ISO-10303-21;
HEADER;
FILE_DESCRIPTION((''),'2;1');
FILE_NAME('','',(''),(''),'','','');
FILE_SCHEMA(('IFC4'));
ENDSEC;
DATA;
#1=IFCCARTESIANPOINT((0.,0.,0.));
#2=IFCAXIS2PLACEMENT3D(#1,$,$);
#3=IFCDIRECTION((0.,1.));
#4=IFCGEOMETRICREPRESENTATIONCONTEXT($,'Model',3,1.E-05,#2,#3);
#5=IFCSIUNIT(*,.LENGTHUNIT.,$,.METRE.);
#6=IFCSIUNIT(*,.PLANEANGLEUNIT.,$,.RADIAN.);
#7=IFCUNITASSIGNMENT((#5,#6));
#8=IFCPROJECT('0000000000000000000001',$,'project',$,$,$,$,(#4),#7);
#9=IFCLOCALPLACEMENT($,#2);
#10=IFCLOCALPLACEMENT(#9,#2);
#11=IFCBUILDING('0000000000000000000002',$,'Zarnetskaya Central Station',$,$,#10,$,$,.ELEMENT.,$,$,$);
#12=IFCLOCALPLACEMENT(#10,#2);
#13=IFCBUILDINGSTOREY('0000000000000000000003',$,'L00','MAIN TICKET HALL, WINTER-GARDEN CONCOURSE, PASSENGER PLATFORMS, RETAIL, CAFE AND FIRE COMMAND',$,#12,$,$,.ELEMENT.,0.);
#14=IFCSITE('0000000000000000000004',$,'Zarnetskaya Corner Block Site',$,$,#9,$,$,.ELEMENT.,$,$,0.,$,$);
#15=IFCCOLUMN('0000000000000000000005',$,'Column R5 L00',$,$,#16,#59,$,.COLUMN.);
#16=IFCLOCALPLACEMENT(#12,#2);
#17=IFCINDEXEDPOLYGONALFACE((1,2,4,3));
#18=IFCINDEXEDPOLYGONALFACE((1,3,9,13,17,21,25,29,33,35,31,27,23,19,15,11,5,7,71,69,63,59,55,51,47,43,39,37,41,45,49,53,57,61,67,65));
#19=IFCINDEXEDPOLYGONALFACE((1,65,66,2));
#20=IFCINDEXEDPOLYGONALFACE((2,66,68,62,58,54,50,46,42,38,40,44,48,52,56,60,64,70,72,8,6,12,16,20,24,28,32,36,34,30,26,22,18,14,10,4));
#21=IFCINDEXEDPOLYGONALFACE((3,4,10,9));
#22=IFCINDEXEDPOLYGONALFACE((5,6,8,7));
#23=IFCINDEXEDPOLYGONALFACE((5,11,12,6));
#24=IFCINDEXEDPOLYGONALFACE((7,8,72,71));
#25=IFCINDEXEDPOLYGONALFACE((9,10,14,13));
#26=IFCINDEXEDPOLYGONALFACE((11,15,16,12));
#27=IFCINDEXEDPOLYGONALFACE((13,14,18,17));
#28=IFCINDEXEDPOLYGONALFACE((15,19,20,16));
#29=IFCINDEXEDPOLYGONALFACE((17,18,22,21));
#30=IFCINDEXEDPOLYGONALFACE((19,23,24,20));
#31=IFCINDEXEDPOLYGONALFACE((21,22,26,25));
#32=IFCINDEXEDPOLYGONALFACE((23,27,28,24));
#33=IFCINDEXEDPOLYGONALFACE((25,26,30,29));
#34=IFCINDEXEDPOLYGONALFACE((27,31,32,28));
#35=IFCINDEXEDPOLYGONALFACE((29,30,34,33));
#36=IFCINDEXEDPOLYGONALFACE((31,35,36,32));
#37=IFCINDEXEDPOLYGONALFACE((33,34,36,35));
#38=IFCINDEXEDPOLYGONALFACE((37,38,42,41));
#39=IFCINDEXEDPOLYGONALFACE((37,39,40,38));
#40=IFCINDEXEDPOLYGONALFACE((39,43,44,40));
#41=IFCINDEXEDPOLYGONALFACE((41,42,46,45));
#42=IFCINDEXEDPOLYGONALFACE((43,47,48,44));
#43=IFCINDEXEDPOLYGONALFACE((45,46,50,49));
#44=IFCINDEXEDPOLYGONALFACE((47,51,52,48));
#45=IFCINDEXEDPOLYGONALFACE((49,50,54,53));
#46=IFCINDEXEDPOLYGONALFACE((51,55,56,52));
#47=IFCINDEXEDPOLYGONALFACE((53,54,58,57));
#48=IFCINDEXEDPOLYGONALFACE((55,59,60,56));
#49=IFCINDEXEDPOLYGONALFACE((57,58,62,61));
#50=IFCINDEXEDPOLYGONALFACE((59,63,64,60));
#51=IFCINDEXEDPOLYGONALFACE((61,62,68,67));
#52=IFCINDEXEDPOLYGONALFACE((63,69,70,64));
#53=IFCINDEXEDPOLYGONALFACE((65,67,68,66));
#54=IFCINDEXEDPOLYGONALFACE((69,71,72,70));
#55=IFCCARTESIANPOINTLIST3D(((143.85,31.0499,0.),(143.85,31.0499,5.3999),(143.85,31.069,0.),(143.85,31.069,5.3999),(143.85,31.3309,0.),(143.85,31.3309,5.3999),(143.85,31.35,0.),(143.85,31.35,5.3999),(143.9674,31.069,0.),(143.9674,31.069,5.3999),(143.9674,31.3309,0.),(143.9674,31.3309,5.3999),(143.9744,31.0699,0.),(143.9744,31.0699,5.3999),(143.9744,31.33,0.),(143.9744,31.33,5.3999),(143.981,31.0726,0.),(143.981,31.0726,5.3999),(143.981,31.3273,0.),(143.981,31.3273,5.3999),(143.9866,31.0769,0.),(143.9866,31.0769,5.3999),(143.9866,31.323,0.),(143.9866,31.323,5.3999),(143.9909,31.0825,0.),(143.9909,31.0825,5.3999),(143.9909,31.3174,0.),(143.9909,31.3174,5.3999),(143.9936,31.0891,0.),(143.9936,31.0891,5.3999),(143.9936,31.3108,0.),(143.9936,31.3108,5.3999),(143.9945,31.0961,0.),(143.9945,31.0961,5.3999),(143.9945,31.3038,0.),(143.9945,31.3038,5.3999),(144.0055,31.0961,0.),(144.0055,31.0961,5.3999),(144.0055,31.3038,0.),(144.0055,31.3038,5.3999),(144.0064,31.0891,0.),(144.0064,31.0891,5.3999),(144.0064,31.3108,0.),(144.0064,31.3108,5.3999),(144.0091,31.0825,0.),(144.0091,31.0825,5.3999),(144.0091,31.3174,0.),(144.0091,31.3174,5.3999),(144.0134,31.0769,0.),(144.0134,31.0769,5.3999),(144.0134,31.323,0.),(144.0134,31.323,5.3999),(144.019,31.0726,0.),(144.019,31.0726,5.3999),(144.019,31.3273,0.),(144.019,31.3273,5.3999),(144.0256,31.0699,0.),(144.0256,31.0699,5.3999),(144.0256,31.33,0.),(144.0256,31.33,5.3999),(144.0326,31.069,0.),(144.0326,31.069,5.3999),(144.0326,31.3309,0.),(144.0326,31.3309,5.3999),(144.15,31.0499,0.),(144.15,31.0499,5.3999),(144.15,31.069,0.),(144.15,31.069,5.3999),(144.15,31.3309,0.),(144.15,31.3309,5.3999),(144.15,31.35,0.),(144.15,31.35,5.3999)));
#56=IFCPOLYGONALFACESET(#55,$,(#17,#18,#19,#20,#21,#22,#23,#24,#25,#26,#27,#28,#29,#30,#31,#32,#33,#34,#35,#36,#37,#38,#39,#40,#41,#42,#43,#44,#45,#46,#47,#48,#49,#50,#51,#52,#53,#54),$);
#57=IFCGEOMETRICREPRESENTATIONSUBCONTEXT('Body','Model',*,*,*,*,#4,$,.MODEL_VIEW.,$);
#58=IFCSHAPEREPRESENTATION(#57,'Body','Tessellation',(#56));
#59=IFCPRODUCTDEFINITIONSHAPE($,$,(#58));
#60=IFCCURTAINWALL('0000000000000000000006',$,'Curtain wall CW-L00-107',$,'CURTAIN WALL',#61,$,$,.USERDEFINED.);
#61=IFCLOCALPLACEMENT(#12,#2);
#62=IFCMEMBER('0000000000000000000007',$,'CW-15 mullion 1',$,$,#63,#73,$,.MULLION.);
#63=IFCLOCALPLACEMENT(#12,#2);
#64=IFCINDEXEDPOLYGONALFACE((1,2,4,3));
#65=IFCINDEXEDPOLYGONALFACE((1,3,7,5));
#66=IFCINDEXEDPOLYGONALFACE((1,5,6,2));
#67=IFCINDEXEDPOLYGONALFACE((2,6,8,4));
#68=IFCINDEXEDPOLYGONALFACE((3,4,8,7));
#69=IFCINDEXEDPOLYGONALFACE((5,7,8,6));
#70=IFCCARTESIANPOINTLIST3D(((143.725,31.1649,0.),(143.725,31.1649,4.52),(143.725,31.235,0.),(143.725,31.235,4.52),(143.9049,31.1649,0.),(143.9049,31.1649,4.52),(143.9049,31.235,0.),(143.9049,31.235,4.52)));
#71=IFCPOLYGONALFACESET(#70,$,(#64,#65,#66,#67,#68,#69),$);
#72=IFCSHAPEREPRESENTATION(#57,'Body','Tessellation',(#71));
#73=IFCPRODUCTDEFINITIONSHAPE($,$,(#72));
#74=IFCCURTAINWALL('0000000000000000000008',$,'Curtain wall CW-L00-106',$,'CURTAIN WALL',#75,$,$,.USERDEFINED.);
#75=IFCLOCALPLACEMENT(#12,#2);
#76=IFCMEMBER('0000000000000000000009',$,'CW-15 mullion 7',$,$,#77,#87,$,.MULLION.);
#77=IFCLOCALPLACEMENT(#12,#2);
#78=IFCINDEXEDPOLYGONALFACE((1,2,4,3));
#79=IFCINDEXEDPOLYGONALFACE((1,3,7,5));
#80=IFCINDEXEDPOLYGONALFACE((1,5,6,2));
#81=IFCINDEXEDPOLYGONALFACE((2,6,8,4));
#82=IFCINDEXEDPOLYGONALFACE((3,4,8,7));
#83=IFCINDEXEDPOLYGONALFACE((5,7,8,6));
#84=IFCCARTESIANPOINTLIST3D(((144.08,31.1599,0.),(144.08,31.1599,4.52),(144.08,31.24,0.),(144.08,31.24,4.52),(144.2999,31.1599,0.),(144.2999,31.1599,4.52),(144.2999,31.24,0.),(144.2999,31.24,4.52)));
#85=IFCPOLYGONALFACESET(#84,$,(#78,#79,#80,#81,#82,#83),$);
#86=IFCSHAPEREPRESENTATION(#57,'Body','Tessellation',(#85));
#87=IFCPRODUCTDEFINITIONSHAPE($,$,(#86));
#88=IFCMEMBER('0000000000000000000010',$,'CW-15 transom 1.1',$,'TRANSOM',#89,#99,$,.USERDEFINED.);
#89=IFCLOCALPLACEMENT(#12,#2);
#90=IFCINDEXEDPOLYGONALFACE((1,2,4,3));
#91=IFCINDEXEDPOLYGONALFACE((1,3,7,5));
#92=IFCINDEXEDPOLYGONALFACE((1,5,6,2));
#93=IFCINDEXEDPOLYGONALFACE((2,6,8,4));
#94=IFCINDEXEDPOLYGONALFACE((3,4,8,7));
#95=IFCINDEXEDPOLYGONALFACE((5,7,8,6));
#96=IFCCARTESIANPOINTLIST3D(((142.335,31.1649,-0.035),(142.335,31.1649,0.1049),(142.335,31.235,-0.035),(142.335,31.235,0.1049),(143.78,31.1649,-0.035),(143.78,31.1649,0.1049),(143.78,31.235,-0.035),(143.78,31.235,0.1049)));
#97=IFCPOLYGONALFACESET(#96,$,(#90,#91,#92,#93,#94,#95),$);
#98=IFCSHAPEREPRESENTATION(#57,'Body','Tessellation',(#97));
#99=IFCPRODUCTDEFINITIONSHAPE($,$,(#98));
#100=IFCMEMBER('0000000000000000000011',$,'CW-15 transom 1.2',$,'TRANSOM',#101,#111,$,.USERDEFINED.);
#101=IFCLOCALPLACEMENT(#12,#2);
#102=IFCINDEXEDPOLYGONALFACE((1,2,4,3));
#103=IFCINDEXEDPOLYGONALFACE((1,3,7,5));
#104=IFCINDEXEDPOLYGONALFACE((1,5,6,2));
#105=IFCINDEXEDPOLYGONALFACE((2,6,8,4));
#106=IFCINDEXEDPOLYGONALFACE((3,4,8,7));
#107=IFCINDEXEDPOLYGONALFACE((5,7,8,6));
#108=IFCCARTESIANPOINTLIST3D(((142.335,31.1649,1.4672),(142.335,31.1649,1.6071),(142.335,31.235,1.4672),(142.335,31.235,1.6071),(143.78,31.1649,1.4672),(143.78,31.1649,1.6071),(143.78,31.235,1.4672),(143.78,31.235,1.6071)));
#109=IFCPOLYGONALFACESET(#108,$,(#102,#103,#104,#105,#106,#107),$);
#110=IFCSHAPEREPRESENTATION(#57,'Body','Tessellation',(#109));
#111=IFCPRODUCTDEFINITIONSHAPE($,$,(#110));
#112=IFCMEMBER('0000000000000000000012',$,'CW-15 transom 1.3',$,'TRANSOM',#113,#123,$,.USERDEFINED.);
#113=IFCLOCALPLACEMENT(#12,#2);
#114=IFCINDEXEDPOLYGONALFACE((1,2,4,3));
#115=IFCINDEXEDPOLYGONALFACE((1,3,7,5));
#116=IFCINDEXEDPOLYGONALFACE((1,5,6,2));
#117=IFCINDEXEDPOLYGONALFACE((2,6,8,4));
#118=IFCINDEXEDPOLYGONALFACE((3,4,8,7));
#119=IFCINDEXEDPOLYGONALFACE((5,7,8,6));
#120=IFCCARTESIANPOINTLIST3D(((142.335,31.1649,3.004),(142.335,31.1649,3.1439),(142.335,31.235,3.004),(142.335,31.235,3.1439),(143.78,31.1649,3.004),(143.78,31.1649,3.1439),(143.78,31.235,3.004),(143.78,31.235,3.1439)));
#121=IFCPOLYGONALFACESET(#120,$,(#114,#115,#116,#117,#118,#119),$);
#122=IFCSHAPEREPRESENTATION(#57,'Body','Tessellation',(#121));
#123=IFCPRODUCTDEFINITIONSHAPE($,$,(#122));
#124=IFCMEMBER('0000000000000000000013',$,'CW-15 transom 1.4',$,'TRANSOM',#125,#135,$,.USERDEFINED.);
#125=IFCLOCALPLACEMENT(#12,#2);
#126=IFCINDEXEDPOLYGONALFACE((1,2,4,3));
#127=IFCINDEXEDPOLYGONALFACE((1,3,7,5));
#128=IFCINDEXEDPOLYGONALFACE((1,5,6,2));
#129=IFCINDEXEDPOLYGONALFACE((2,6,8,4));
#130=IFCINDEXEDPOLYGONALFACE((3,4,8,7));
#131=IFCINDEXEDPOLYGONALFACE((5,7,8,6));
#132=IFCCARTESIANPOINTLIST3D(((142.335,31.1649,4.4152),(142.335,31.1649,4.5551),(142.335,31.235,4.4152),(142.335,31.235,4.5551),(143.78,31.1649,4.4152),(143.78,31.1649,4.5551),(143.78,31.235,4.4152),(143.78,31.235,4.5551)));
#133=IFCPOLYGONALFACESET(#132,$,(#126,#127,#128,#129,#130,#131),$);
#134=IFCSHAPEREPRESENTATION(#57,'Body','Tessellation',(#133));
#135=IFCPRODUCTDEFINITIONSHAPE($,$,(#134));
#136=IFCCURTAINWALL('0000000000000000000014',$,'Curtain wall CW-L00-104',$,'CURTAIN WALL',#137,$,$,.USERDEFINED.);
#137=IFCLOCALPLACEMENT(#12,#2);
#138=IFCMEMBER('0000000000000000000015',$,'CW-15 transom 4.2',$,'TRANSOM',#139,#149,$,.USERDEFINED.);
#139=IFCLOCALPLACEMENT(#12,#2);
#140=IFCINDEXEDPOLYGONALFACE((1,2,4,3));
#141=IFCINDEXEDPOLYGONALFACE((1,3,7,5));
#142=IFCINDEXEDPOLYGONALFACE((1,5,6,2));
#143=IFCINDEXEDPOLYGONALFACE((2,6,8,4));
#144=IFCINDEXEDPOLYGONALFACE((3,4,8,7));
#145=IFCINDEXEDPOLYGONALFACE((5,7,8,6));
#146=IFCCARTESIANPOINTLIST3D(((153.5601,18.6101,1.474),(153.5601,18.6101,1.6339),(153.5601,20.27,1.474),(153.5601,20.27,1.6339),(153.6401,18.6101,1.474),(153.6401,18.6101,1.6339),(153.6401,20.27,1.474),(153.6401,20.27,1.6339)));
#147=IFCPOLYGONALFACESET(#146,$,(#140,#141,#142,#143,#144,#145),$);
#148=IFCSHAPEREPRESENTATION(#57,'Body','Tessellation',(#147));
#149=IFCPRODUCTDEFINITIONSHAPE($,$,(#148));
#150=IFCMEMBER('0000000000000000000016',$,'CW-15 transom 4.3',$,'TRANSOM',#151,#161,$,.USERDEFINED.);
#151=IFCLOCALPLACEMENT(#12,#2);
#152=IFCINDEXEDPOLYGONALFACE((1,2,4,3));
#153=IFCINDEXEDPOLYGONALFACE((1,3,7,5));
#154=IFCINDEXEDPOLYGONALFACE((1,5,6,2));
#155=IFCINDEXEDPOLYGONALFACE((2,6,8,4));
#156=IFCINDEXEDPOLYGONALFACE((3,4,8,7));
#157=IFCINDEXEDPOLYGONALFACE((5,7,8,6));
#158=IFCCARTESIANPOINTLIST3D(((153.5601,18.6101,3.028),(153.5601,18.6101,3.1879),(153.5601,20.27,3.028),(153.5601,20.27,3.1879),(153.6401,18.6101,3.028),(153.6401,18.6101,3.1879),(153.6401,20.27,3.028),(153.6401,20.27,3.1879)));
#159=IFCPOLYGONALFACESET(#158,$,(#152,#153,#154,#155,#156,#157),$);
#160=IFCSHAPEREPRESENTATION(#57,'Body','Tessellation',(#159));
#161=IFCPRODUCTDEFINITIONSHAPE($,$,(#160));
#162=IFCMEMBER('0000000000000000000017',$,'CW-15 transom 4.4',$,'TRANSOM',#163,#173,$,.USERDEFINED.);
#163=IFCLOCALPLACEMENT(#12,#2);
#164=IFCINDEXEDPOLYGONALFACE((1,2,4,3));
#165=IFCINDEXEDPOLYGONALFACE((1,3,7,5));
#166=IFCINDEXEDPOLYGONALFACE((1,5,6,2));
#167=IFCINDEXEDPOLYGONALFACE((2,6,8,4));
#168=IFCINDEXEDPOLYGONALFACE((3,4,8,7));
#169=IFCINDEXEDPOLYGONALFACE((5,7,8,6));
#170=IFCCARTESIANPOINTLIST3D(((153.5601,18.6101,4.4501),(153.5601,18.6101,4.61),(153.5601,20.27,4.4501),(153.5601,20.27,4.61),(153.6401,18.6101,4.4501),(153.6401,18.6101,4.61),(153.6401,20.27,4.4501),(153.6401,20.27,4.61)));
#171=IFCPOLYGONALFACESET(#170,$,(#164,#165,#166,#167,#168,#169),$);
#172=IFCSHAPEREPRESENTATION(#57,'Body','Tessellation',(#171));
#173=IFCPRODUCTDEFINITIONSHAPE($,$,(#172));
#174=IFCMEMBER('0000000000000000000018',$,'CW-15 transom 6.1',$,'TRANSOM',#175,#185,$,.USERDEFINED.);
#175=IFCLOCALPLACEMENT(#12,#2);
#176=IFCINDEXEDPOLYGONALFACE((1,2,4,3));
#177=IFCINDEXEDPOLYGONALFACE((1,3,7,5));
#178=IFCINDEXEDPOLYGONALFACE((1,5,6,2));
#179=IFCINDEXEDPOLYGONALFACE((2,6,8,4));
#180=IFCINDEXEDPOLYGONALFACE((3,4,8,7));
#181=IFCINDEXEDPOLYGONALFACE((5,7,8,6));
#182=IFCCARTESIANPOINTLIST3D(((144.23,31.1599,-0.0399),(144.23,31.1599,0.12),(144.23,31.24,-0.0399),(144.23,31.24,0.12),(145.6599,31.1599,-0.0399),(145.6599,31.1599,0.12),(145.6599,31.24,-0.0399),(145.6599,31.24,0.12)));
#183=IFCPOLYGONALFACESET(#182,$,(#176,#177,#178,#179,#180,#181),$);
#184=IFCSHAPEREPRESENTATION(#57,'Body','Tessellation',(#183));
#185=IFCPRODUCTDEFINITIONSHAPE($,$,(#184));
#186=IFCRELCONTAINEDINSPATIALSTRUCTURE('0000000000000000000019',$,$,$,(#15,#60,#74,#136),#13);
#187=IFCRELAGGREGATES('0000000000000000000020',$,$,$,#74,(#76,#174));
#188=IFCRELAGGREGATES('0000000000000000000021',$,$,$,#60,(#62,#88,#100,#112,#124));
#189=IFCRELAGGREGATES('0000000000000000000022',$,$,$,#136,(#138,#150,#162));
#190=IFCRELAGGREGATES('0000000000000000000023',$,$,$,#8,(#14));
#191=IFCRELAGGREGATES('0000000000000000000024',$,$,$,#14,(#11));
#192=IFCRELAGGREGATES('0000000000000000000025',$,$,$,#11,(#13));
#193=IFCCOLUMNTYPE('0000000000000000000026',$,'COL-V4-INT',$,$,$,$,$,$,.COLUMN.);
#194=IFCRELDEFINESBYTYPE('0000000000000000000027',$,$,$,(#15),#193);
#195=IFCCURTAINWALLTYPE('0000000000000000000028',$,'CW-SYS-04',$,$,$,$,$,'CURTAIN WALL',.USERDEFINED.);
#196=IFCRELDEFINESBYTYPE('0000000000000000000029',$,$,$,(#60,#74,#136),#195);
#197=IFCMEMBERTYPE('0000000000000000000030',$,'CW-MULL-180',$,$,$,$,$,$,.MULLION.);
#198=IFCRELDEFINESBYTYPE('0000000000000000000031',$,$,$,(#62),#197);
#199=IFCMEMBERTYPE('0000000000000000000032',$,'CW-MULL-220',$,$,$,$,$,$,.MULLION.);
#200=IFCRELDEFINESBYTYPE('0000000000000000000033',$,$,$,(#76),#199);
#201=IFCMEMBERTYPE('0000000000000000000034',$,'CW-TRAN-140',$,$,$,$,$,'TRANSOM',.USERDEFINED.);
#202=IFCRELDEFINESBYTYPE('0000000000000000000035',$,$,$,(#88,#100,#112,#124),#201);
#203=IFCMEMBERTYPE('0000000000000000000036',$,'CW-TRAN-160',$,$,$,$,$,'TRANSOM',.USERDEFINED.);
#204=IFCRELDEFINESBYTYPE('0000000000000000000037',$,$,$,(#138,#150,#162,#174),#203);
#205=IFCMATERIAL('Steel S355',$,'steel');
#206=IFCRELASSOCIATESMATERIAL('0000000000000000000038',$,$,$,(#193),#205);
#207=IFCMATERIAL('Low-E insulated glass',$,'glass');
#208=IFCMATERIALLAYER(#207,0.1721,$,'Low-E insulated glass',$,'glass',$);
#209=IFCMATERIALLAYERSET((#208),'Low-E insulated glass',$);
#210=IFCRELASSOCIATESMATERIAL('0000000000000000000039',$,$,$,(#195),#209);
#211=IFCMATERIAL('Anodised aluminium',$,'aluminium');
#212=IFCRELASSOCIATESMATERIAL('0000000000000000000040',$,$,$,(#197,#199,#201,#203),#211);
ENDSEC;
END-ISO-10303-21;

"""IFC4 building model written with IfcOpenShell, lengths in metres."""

from ifc_helpers import new_model, si_unit, direction, frame, origin, origin_2d, place, context, subcontext, project, spatial, rectangle, i_section, extrude, material, layer, layer_set, material_profile, profile_set, type_object, element, aggregate, save


model = new_model("IFC4")

# Units and contexts
model_context = context("Model", 3, precision=1e-05, world=origin(), true_north=direction((0.0, 1.0)))
body_context = subcontext(model_context, "Body", "Model", "MODEL_VIEW")
ifc_project = project(units=[si_unit("LENGTHUNIT", "METRE"), si_unit("PLANEANGLEUNIT", "RADIAN")], contexts=[model_context])

# Site, building, storey
site_placement = place(None, origin())
site = spatial("IfcSite", under=ifc_project, at=site_placement, Name="Zarnetskaya Corner Block Site", CompositionType="ELEMENT", RefElevation=0.0)
building_placement = place(site_placement, origin())
building = spatial("IfcBuilding", under=site, at=building_placement, Name="Zarnetskaya Central Station", CompositionType="ELEMENT")
storey_placement = place(building_placement, origin())
storey = spatial("IfcBuildingStorey", under=building, at=storey_placement, Name="L00", Description="MAIN TICKET HALL, WINTER-GARDEN CONCOURSE, PASSENGER PLATFORMS, RETAIL, CAFE AND FIRE COMMAND", CompositionType="ELEMENT", Elevation=0.0)

# Column
ifc_material_1 = material(Name="Steel S355", Category="steel")
ifc_material_profile_1 = material_profile(ifc_material_1, i_section(OverallWidth=0.3, OverallDepth=0.3, WebThickness=0.011, FlangeThickness=0.019, FilletRadius=0.0271, at=origin_2d()), Name="HEB 300")
ifc_profile_set_1 = profile_set([ifc_material_profile_1], Name="Steel S355")
column_type = type_object("IfcColumnType", Name="COL-V4-INT", PredefinedType="COLUMN", material=ifc_profile_set_1)
column_placement = place(storey_placement, frame((144.0, 31.2, 0.0), z_axis=(0.0, 0.0, 1.0), x_axis=(1.0, 0.0, 0.0)))
element("IfcColumn", 1, at=column_placement, inside=storey, type_object=column_type, Name="Column R5 L00", PredefinedType="COLUMN", context=body_context, shape_type="SweptSolid", body=[
    extrude(i_section(OverallWidth=0.3, OverallDepth=0.3, WebThickness=0.011, FlangeThickness=0.019, FilletRadius=0.0271, at=origin_2d()), origin(), (0.0, 0.0, 1.0), 5.3999),
])

# Curtain walls, members
ifc_material_2 = material(Name="Low-E insulated glass", Category="glass")
ifc_layer_1 = layer(ifc_material_2, 0.1721, Name="Low-E insulated glass", Category="glass")
ifc_layer_set_1 = layer_set([ifc_layer_1], Name="Low-E insulated glass")
curtain_wall_type = type_object("IfcCurtainWallType", Name="CW-SYS-04", ElementType="CURTAIN WALL", PredefinedType="USERDEFINED", material=ifc_layer_set_1)
curtain_wall_1_placement = place(storey_placement, origin())
curtain_wall_1 = element("IfcCurtainWall", 2, at=curtain_wall_1_placement, inside=storey, type_object=curtain_wall_type, Name="Curtain wall CW-L00-107", ObjectType="CURTAIN WALL", PredefinedType="USERDEFINED")
ifc_material_3 = material(Name="Anodised aluminium", Category="aluminium")
ifc_material_profile_2 = material_profile(ifc_material_3, rectangle(XDim=0.0701, YDim=0.1799, at=origin_2d()), Name="ALU MULL 70x180")
ifc_profile_set_2 = profile_set([ifc_material_profile_2], Name="Anodised aluminium")
member_type_1 = type_object("IfcMemberType", Name="CW-MULL-180", PredefinedType="MULLION", material=ifc_profile_set_2)
member_1_placement = place(storey_placement, frame((143.8149, 31.2, 0.0), z_axis=(0.0, 0.0, 1.0), x_axis=(0.0, -1.0, 0.0)))
member_1 = element("IfcMember", 3, at=member_1_placement, type_object=member_type_1, Name="CW-15 mullion 1", PredefinedType="MULLION", context=body_context, shape_type="SweptSolid", body=[
    extrude(rectangle(XDim=0.0701, YDim=0.1799, at=origin_2d()), origin(), (0.0, 0.0, 1.0), 4.52),
])
curtain_wall_2_placement = place(storey_placement, origin())
curtain_wall_2 = element("IfcCurtainWall", 4, at=curtain_wall_2_placement, inside=storey, type_object=curtain_wall_type, Name="Curtain wall CW-L00-106", ObjectType="CURTAIN WALL", PredefinedType="USERDEFINED")
ifc_material_profile_3 = material_profile(ifc_material_3, rectangle(XDim=0.0801, YDim=0.22, at=origin_2d()), Name="ALU MULL 80x220")
ifc_profile_set_3 = profile_set([ifc_material_profile_3], Name="Anodised aluminium")
member_type_2 = type_object("IfcMemberType", Name="CW-MULL-220", PredefinedType="MULLION", material=ifc_profile_set_3)
member_2_placement = place(storey_placement, frame((144.1899, 31.2, 0.0), z_axis=(0.0, 0.0, 1.0), x_axis=(0.0, -1.0, 0.0)))
member_2 = element("IfcMember", 5, at=member_2_placement, type_object=member_type_2, Name="CW-15 mullion 7", PredefinedType="MULLION", context=body_context, shape_type="SweptSolid", body=[
    extrude(rectangle(XDim=0.0801, YDim=0.22, at=origin_2d()), origin(), (0.0, 0.0, 1.0), 4.52),
])

# Members
ifc_material_profile_4 = material_profile(ifc_material_3, rectangle(XDim=0.0701, YDim=0.1399, at=origin_2d()), Name="ALU TRAN 70x140")
ifc_profile_set_4 = profile_set([ifc_material_profile_4], Name="Anodised aluminium")
member_type_3 = type_object("IfcMemberType", Name="CW-TRAN-140", ElementType="TRANSOM", PredefinedType="USERDEFINED", material=ifc_profile_set_4)
member_3_placement = place(storey_placement, frame((143.78, 31.2, 0.0349), z_axis=(-1.0, 0.0, 0.0), x_axis=(0.0, -1.0, 0.0)))
member_3 = element("IfcMember", 6, at=member_3_placement, type_object=member_type_3, Name="CW-15 transom 1.1", ObjectType="TRANSOM", PredefinedType="USERDEFINED", context=body_context, shape_type="SweptSolid", body=[
    extrude(rectangle(XDim=0.0701, YDim=0.1399, at=origin_2d()), origin(), (0.0, 0.0, 1.0), 1.4451),
])
member_4_placement = place(storey_placement, frame((143.78, 31.2, 1.5371), z_axis=(-1.0, 0.0, 0.0), x_axis=(0.0, -1.0, 0.0)))
member_4 = element("IfcMember", 7, at=member_4_placement, type_object=member_type_3, Name="CW-15 transom 1.2", ObjectType="TRANSOM", PredefinedType="USERDEFINED", context=body_context, shape_type="SweptSolid", body=[
    extrude(rectangle(XDim=0.0701, YDim=0.1399, at=origin_2d()), origin(), (0.0, 0.0, 1.0), 1.4451),
])
member_5_placement = place(storey_placement, frame((143.78, 31.2, 3.074), z_axis=(-1.0, 0.0, 0.0), x_axis=(0.0, -1.0, 0.0)))
member_5 = element("IfcMember", 8, at=member_5_placement, type_object=member_type_3, Name="CW-15 transom 1.3", ObjectType="TRANSOM", PredefinedType="USERDEFINED", context=body_context, shape_type="SweptSolid", body=[
    extrude(rectangle(XDim=0.0701, YDim=0.1399, at=origin_2d()), origin(), (0.0, 0.0, 1.0), 1.4451),
])
member_6_placement = place(storey_placement, frame((143.78, 31.2, 4.4851), z_axis=(-1.0, 0.0, 0.0), x_axis=(0.0, -1.0, 0.0)))
member_6 = element("IfcMember", 9, at=member_6_placement, type_object=member_type_3, Name="CW-15 transom 1.4", ObjectType="TRANSOM", PredefinedType="USERDEFINED", context=body_context, shape_type="SweptSolid", body=[
    extrude(rectangle(XDim=0.0701, YDim=0.1399, at=origin_2d()), origin(), (0.0, 0.0, 1.0), 1.4451),
])

# Curtain wall, members
curtain_wall_3_placement = place(storey_placement, origin())
curtain_wall_3 = element("IfcCurtainWall", 10, at=curtain_wall_3_placement, inside=storey, type_object=curtain_wall_type, Name="Curtain wall CW-L00-104", ObjectType="CURTAIN WALL", PredefinedType="USERDEFINED")
ifc_material_profile_5 = material_profile(ifc_material_3, rectangle(XDim=0.0801, YDim=0.1599, at=origin_2d()), Name="ALU TRAN 80x160")
ifc_profile_set_5 = profile_set([ifc_material_profile_5], Name="Anodised aluminium")
member_type_4 = type_object("IfcMemberType", Name="CW-TRAN-160", ElementType="TRANSOM", PredefinedType="USERDEFINED", material=ifc_profile_set_5)
member_7_placement = place(storey_placement, frame((153.6001, 18.6101, 1.554), z_axis=(0.0, 1.0, 0.0), x_axis=(-1.0, 0.0, 0.0)))
member_7 = element("IfcMember", 11, at=member_7_placement, type_object=member_type_4, Name="CW-15 transom 4.2", ObjectType="TRANSOM", PredefinedType="USERDEFINED", context=body_context, shape_type="SweptSolid", body=[
    extrude(rectangle(XDim=0.0801, YDim=0.1599, at=origin_2d()), origin(), (0.0, 0.0, 1.0), 1.6599),
])
member_8_placement = place(storey_placement, frame((153.6001, 18.6101, 3.1079), z_axis=(0.0, 1.0, 0.0), x_axis=(-1.0, 0.0, 0.0)))
member_8 = element("IfcMember", 12, at=member_8_placement, type_object=member_type_4, Name="CW-15 transom 4.3", ObjectType="TRANSOM", PredefinedType="USERDEFINED", context=body_context, shape_type="SweptSolid", body=[
    extrude(rectangle(XDim=0.0801, YDim=0.1599, at=origin_2d()), origin(), (0.0, 0.0, 1.0), 1.6599),
])
member_9_placement = place(storey_placement, frame((153.6001, 18.6101, 4.53), z_axis=(0.0, 1.0, 0.0), x_axis=(-1.0, 0.0, 0.0)))
member_9 = element("IfcMember", 13, at=member_9_placement, type_object=member_type_4, Name="CW-15 transom 4.4", ObjectType="TRANSOM", PredefinedType="USERDEFINED", context=body_context, shape_type="SweptSolid", body=[
    extrude(rectangle(XDim=0.0801, YDim=0.1599, at=origin_2d()), origin(), (0.0, 0.0, 1.0), 1.6599),
])

# Member
member_10_placement = place(storey_placement, frame((145.6599, 31.2, 0.04), z_axis=(-1.0, 0.0, 0.0), x_axis=(0.0, -1.0, 0.0)))
member_10 = element("IfcMember", 14, at=member_10_placement, type_object=member_type_4, Name="CW-15 transom 6.1", ObjectType="TRANSOM", PredefinedType="USERDEFINED", context=body_context, shape_type="SweptSolid", body=[
    extrude(rectangle(XDim=0.0801, YDim=0.1599, at=origin_2d()), origin(), (0.0, 0.0, 1.0), 1.4299),
])

aggregate(curtain_wall_2, [member_2, member_10])
aggregate(curtain_wall_1, [member_1, member_3, member_4, member_5, member_6])
aggregate(curtain_wall_3, [member_7, member_8, member_9])

save(model, "model.ifc")
